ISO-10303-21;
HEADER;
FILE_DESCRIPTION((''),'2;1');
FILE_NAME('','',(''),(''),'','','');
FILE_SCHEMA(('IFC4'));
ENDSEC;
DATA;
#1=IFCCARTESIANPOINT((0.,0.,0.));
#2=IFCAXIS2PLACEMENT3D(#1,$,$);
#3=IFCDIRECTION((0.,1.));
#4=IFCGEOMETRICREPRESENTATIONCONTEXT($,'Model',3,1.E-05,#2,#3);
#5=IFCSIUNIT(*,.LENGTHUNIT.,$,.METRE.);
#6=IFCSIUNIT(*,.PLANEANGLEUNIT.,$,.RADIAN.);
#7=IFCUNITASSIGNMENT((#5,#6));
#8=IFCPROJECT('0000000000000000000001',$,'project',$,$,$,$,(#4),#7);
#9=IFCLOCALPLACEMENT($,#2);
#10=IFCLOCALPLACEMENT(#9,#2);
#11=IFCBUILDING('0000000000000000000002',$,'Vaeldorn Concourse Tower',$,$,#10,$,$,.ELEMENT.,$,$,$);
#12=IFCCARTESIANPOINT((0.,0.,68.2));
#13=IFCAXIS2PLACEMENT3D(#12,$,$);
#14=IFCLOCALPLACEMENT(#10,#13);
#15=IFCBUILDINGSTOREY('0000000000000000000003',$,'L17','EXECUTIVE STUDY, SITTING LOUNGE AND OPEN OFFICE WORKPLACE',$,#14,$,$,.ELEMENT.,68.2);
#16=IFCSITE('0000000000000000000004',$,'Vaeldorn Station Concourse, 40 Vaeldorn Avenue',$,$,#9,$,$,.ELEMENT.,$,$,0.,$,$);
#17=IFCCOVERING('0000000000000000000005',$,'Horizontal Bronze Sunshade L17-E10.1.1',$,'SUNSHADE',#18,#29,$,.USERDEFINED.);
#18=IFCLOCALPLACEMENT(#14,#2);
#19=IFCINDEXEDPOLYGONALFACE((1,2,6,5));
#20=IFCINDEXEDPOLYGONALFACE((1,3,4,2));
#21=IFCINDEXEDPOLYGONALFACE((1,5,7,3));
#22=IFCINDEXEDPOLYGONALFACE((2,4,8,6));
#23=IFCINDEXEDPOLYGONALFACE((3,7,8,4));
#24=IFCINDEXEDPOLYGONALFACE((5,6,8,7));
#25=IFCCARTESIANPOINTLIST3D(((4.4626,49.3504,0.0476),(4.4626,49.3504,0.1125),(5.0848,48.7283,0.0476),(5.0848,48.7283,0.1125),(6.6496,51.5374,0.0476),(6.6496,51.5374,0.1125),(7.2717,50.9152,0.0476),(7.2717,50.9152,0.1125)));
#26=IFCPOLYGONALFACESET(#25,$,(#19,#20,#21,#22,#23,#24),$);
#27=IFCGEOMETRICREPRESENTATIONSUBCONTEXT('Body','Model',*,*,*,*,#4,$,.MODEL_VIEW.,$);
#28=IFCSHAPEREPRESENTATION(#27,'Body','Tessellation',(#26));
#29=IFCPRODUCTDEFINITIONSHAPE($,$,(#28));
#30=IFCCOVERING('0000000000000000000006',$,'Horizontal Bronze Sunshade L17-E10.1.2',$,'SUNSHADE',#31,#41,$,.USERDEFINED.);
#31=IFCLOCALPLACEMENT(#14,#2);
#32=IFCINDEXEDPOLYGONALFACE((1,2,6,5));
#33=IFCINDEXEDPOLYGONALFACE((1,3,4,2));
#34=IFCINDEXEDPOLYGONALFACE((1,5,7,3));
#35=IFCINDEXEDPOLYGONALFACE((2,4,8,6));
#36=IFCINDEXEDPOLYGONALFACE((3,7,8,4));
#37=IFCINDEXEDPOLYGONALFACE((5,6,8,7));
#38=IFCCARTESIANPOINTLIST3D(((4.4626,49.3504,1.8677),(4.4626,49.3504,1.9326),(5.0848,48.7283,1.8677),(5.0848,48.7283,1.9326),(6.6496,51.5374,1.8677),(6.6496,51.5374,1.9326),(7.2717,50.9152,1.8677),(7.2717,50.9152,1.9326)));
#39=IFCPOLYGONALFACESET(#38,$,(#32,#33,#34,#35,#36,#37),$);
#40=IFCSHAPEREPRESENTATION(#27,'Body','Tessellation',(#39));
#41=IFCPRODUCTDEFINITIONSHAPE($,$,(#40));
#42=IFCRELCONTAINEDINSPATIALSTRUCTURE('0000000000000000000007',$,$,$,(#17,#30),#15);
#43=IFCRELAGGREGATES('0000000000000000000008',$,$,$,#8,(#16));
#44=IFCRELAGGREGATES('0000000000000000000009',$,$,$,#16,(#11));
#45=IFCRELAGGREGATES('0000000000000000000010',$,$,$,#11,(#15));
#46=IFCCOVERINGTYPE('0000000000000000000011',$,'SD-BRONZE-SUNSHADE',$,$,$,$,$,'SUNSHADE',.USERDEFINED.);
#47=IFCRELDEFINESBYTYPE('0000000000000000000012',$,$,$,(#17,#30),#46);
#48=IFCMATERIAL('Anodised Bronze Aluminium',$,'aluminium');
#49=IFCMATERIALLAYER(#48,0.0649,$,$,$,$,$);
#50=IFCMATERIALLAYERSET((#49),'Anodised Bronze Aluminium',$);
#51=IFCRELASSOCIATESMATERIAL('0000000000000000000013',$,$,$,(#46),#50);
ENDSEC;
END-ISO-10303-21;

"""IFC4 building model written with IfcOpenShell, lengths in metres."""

from ifc_helpers import new_model, si_unit, direction, frame, origin, origin_2d, place, context, subcontext, project, spatial, rectangle, extrude, source, transform, mapped, material, layer, layer_set, type_object, element, save


model = new_model("IFC4")

# Units and contexts
model_context = context("Model", 3, precision=1e-05, world=origin(), true_north=direction((0.0, 1.0)))
body_context = subcontext(model_context, "Body", "Model", "MODEL_VIEW")
ifc_project = project(units=[si_unit("LENGTHUNIT", "METRE"), si_unit("PLANEANGLEUNIT", "RADIAN")], contexts=[model_context])

# Site, building, storey
site_placement = place(None, origin())
site = spatial("IfcSite", under=ifc_project, at=site_placement, Name="Vaeldorn Station Concourse, 40 Vaeldorn Avenue", CompositionType="ELEMENT", RefElevation=0.0)
building_placement = place(site_placement, origin())
building = spatial("IfcBuilding", under=site, at=building_placement, Name="Vaeldorn Concourse Tower", CompositionType="ELEMENT")
storey_placement = place(building_placement, frame((0.0, 0.0, 68.2)))
storey = spatial("IfcBuildingStorey", under=building, at=storey_placement, Name="L17", Description="EXECUTIVE STUDY, SITTING LOUNGE AND OPEN OFFICE WORKPLACE", CompositionType="ELEMENT", Elevation=68.2)

# Shared definitions
ifc_material_1 = material(Name="Anodised Bronze Aluminium", Category="aluminium")

# Coverings
ifc_layer_1 = layer(ifc_material_1, 0.0649)
ifc_layer_set_1 = layer_set([ifc_layer_1], Name="Anodised Bronze Aluminium")
covering_type = type_object("IfcCoveringType", Name="SD-BRONZE-SUNSHADE", ElementType="SUNSHADE", PredefinedType="USERDEFINED", material=ifc_layer_set_1)
shared_shape_1 = source(origin(), body_context, "Body", "SweptSolid", [
    extrude(rectangle(XDim=3.0928, YDim=0.8799, at=origin_2d()), origin(), (0.0, 0.0, 1.0), 0.0649),
])
for number, where, z_axis, x_axis, name in (
    (1, (5.8672, 50.1328, 0.0476), (0.0, 0.0, 1.0), (-0.707107, -0.707107, 0.0), "Horizontal Bronze Sunshade L17-E10.1.1"),
    (2, (5.8672, 50.1328, 1.8677), (0.0, 0.0, 1.0), (-0.707107, -0.707107, 0.0), "Horizontal Bronze Sunshade L17-E10.1.2"),
):
    element("IfcCovering", number, at=place(storey_placement, frame(where, z_axis=z_axis, x_axis=x_axis)), inside=storey, type_object=covering_type, Name=name, ObjectType="SUNSHADE", PredefinedType="USERDEFINED", context=body_context, shape_type="MappedRepresentation", body=[
        mapped(shared_shape_1, transform((0.0, 0.0, 0.0), scale=1.0)),
    ])

save(model, "model.ifc")
